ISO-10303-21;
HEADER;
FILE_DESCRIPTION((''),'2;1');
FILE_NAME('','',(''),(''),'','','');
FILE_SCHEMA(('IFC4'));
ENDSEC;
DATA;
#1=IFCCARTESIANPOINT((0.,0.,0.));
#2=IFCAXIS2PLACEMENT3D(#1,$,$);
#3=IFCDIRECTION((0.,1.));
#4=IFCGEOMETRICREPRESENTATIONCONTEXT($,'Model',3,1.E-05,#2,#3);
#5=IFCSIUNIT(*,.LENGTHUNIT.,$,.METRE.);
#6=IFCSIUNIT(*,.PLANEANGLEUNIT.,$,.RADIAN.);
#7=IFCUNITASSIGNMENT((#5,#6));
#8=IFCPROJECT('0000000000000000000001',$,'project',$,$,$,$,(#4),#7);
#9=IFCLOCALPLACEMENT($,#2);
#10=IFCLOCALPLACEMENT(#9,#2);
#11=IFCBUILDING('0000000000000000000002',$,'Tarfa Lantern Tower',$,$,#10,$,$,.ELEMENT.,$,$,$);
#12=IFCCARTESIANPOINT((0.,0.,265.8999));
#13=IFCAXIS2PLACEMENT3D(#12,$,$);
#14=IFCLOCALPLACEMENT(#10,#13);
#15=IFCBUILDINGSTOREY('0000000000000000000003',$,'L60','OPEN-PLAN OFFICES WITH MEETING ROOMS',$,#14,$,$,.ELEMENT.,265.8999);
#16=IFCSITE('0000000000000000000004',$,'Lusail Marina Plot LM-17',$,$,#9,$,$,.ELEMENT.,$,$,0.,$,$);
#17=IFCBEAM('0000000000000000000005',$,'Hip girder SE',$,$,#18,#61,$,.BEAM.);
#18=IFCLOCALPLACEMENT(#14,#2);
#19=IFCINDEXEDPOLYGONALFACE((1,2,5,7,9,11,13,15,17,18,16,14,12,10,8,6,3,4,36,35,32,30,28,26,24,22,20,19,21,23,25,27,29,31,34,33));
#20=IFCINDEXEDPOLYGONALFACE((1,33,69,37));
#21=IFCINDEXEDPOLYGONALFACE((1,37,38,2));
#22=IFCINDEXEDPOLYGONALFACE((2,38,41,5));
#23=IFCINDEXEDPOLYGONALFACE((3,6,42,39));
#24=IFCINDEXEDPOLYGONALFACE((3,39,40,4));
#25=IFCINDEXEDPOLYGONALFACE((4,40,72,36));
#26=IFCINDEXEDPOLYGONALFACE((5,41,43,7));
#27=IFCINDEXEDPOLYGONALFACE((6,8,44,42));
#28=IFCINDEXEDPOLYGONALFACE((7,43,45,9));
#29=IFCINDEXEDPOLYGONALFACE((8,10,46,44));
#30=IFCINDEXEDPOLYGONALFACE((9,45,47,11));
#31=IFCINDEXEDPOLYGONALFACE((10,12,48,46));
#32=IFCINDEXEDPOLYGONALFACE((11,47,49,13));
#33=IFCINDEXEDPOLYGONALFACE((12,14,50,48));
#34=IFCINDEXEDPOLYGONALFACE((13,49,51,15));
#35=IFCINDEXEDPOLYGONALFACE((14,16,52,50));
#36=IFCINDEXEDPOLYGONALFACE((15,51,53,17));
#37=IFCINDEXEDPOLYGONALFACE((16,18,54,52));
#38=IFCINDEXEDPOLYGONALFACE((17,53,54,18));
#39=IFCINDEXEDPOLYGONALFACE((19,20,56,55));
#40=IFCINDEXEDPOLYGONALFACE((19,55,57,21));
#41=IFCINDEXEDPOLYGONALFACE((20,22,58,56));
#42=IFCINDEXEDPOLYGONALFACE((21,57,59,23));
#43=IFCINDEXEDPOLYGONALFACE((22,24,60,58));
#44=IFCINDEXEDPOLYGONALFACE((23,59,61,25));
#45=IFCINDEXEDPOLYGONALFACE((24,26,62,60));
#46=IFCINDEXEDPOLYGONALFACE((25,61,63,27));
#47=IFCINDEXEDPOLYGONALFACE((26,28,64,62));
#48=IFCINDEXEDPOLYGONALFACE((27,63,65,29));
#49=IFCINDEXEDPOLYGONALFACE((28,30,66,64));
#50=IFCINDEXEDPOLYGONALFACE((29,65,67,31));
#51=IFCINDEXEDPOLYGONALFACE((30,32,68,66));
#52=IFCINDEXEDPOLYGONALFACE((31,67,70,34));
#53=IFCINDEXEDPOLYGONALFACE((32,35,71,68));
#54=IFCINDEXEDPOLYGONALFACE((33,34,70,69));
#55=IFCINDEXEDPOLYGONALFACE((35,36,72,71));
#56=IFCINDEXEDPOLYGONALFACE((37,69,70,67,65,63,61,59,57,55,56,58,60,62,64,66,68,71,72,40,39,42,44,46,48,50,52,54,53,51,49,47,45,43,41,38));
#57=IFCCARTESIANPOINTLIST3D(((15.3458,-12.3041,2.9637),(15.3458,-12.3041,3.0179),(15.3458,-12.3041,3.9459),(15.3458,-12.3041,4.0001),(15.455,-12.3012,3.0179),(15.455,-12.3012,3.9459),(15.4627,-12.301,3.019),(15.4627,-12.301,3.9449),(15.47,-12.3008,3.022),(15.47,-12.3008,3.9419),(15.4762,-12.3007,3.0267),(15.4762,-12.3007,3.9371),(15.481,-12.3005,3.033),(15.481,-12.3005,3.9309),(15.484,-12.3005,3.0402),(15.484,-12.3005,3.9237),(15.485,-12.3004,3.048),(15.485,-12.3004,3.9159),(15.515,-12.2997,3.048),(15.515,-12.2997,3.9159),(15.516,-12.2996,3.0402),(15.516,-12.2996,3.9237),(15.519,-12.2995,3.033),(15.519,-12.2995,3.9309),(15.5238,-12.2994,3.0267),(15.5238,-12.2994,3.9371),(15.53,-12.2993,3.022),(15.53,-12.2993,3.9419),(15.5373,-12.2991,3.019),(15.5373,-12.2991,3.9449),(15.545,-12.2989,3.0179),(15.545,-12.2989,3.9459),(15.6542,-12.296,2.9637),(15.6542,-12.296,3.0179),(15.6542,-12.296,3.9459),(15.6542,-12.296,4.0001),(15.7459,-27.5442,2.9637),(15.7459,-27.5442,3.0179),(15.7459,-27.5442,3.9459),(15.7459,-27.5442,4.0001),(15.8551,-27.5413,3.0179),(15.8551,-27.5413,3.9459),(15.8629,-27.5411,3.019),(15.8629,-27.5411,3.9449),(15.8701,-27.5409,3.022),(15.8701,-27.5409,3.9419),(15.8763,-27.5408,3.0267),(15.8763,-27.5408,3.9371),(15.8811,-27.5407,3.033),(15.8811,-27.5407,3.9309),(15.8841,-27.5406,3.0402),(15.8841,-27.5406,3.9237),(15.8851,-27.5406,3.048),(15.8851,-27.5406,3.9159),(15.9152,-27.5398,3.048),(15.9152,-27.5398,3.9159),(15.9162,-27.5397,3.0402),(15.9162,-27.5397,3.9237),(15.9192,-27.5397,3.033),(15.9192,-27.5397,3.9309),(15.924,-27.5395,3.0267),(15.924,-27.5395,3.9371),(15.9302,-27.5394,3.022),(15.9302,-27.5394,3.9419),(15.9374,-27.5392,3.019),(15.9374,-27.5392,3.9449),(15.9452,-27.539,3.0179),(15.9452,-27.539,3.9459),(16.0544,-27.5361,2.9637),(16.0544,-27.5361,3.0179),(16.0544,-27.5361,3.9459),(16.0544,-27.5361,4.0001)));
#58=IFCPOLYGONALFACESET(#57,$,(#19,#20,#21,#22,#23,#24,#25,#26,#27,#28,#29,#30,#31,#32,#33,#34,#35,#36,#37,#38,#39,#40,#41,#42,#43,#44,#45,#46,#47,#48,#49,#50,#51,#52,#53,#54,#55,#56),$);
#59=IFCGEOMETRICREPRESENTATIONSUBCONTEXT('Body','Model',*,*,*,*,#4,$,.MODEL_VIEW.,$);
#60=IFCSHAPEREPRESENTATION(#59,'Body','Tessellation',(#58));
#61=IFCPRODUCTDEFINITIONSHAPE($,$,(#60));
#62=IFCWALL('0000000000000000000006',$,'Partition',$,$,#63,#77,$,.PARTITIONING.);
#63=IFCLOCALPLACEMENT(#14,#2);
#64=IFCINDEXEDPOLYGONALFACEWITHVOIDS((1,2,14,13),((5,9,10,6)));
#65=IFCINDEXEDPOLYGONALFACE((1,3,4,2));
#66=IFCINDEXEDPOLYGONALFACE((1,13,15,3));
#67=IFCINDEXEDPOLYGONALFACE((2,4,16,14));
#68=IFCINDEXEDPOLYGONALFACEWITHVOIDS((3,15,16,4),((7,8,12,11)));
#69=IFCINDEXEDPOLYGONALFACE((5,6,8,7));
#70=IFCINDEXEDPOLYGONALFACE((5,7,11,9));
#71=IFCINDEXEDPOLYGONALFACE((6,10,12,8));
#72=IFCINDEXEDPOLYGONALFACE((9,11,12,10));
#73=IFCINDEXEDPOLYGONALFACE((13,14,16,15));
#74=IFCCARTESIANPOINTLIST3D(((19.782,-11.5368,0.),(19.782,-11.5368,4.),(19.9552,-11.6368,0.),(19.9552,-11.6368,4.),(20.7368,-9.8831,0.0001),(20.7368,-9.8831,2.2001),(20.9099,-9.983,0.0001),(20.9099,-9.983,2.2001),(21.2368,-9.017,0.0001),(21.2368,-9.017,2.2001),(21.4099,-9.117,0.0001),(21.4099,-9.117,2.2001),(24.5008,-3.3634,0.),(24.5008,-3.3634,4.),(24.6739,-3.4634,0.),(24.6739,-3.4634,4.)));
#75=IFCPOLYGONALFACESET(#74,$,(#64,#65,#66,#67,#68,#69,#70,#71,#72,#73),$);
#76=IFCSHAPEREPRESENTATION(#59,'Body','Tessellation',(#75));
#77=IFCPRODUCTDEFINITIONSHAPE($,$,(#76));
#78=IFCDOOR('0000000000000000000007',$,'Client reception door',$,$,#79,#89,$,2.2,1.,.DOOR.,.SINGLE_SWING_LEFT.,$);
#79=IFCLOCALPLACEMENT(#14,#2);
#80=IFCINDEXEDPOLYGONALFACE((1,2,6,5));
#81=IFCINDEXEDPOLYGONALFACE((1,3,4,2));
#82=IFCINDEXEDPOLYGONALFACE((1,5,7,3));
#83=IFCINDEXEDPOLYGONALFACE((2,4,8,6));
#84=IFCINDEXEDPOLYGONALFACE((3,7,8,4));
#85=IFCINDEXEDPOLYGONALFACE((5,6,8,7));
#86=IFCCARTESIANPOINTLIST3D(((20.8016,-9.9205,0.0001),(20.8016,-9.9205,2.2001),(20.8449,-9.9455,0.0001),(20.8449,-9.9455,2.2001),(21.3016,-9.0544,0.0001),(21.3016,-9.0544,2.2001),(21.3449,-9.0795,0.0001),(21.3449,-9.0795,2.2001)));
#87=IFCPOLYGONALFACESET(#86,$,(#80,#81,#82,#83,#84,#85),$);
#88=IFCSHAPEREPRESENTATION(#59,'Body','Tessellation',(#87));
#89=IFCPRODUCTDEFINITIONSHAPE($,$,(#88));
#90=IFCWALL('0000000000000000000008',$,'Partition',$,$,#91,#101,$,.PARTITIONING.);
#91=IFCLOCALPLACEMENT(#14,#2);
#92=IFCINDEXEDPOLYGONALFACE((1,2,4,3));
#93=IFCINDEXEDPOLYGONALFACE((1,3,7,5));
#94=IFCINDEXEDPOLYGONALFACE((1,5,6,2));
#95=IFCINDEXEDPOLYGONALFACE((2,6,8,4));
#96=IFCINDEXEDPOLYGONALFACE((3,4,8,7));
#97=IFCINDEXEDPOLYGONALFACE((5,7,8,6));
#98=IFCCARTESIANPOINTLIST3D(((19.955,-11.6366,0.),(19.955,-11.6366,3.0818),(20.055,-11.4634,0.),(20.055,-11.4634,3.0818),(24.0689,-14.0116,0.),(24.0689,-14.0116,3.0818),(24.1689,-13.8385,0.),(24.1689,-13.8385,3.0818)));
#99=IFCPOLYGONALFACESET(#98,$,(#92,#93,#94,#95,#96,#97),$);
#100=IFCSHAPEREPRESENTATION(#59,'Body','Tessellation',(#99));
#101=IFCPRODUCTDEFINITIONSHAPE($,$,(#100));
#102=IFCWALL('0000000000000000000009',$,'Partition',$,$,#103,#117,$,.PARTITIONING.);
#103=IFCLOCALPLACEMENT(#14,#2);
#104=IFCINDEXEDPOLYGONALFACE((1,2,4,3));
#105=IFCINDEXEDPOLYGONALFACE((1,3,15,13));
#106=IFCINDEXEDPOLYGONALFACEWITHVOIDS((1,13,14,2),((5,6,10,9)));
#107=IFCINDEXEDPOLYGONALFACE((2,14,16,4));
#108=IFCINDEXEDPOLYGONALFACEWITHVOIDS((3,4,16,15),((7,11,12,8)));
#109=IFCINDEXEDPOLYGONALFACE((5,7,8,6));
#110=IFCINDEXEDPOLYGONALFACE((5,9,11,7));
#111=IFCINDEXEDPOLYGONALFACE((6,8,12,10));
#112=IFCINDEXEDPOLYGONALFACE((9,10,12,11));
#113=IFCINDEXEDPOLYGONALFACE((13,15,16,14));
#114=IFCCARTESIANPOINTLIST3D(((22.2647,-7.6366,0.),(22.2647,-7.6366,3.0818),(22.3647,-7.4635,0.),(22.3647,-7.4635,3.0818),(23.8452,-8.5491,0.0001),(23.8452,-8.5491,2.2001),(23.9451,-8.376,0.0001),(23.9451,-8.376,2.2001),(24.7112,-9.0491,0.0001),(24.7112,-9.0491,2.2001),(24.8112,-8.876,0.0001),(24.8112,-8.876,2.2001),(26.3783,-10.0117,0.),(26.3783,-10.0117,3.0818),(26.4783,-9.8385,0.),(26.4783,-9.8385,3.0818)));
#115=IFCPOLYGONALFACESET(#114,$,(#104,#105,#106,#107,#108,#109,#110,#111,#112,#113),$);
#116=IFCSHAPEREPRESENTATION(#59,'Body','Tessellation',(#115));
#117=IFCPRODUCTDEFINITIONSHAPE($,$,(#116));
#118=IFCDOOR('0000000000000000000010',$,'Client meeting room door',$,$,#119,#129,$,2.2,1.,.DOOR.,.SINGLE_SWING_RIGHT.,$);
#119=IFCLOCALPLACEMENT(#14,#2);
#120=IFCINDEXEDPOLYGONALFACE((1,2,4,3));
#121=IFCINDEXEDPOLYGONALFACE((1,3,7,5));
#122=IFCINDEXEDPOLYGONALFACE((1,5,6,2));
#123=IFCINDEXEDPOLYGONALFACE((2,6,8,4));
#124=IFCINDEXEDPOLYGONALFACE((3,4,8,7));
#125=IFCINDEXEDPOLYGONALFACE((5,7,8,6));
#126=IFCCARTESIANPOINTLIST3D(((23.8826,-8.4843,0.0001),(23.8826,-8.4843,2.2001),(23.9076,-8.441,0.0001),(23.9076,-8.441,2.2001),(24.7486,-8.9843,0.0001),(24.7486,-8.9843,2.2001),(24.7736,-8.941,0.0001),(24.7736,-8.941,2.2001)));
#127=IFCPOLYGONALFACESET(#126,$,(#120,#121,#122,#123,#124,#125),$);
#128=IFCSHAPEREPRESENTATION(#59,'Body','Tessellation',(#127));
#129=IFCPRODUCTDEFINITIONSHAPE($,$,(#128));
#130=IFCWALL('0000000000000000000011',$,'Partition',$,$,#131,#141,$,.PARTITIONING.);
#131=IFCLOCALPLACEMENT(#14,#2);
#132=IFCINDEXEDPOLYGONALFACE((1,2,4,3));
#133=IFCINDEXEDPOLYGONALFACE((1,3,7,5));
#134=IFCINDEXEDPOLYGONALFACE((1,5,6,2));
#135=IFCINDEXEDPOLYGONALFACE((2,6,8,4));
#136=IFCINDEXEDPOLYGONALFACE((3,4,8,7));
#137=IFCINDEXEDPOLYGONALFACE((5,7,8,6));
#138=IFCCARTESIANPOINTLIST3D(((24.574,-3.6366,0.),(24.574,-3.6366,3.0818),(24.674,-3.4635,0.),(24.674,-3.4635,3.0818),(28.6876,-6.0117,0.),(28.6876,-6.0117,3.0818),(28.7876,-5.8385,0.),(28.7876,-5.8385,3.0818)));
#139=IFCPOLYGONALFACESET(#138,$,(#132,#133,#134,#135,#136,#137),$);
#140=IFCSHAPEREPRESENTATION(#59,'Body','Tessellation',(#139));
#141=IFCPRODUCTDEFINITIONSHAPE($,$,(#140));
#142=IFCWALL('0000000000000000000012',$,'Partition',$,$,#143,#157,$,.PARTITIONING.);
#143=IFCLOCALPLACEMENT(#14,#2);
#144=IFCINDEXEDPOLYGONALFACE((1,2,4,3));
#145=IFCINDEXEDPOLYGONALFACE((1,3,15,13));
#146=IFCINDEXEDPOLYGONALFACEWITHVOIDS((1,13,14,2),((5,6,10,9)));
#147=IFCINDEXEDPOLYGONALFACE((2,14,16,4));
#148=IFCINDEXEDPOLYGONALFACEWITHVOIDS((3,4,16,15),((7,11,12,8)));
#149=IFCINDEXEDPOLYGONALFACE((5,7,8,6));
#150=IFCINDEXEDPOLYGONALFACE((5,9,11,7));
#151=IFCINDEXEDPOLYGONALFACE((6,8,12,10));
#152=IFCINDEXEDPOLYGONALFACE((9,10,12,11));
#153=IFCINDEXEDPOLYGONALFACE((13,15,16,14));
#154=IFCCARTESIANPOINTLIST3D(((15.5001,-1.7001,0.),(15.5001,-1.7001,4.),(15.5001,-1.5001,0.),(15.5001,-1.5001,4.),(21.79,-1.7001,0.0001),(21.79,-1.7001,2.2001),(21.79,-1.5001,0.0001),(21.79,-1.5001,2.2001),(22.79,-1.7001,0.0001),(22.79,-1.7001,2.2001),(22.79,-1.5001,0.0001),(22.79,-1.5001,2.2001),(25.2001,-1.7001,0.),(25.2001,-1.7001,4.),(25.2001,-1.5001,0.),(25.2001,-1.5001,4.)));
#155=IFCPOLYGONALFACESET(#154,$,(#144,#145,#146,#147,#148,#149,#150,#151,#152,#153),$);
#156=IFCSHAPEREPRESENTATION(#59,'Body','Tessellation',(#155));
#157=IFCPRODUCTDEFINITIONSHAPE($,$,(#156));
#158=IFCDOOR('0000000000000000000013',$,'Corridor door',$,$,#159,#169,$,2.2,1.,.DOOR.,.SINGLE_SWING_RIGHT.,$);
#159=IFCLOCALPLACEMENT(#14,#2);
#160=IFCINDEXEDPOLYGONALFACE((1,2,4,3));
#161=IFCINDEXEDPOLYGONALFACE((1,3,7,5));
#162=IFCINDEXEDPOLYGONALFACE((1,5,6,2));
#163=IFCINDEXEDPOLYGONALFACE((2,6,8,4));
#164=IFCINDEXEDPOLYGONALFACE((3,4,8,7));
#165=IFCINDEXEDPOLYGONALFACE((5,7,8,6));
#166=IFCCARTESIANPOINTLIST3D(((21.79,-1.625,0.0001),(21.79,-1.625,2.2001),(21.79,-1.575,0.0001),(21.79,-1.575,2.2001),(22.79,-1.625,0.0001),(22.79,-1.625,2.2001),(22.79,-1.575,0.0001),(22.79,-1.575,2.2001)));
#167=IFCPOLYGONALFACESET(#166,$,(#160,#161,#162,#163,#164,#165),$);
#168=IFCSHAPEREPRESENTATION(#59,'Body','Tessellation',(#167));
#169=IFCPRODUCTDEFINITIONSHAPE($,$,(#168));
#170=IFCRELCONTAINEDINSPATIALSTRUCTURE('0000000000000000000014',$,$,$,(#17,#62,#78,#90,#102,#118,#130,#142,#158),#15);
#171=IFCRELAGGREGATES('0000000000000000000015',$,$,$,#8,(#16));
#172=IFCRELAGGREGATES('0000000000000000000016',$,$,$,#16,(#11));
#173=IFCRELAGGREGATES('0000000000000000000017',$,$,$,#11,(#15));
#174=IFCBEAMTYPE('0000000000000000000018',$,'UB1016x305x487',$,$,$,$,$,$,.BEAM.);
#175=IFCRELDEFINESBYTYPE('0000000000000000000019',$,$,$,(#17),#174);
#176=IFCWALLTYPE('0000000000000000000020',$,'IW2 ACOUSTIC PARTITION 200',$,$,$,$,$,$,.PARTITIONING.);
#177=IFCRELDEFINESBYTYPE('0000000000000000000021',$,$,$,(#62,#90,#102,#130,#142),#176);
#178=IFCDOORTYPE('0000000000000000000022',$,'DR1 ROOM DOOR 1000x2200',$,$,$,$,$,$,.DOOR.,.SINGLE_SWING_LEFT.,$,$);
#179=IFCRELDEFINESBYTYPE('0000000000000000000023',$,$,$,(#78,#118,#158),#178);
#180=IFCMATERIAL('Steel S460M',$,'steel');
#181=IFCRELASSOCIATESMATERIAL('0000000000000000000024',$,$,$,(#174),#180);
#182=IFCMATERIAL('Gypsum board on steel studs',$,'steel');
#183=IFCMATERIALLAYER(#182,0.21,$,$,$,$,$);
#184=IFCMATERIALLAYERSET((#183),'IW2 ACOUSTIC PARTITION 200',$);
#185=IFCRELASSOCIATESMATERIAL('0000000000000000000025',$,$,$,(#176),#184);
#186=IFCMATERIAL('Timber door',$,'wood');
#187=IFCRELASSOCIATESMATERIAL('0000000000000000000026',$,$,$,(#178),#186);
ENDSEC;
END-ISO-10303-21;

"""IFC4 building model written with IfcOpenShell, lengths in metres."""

from ifc_helpers import new_model, si_unit, direction, frame, frame_2d, origin, origin_2d, place, context, subcontext, project, spatial, rectangle, i_section, extrude, material, layer, layer_set, material_profile, profile_set, type_object, element, fill, save


model = new_model("IFC4")

# Units and contexts
model_context = context("Model", 3, precision=1e-05, world=origin(), true_north=direction((0.0, 1.0)))
body_context = subcontext(model_context, "Body", "Model", "MODEL_VIEW")
ifc_project = project(units=[si_unit("LENGTHUNIT", "METRE"), si_unit("PLANEANGLEUNIT", "RADIAN")], contexts=[model_context])

# Site, building, storey
site_placement = place(None, origin())
site = spatial("IfcSite", under=ifc_project, at=site_placement, Name="Lusail Marina Plot LM-17", CompositionType="ELEMENT", RefElevation=0.0)
building_placement = place(site_placement, origin())
building = spatial("IfcBuilding", under=site, at=building_placement, Name="Tarfa Lantern Tower", CompositionType="ELEMENT")
storey_placement = place(building_placement, frame((0.0, 0.0, 265.8999)))
storey = spatial("IfcBuildingStorey", under=building, at=storey_placement, Name="L60", Description="OPEN-PLAN OFFICES WITH MEETING ROOMS", CompositionType="ELEMENT", Elevation=265.8999)

# Beam
ifc_material_1 = material(Name="Steel S460M", Category="steel")
ifc_material_profile = material_profile(ifc_material_1, i_section(OverallWidth=0.3086, OverallDepth=1.0364, WebThickness=0.03, FlangeThickness=0.0542, FilletRadius=0.03, at=origin_2d()), Name="UB1016x305x487")
ifc_profile_set = profile_set([ifc_material_profile], Name="Steel S460M")
beam_type = type_object("IfcBeamType", Name="UB1016x305x487", PredefinedType="BEAM", material=ifc_profile_set)
beam_placement = place(storey_placement, frame((15.5, -12.3, 3.4819), z_axis=(0.026247, -0.999655, 0.0), x_axis=(0.999655, 0.026247, 0.0)))
element("IfcBeam", 1, at=beam_placement, inside=storey, type_object=beam_type, Name="Hip girder SE", PredefinedType="BEAM", context=body_context, shape_type="SweptSolid", body=[
    extrude(i_section(OverallWidth=0.3086, OverallDepth=1.0364, WebThickness=0.03, FlangeThickness=0.0542, FilletRadius=0.03, at=origin_2d()), origin(), (0.0, 0.0, 1.0), 15.2454),
])

# Wall, opening, door
ifc_material_2 = material(Name="Gypsum board on steel studs", Category="steel")
ifc_layer_1 = layer(ifc_material_2, 0.21)
ifc_layer_set_1 = layer_set([ifc_layer_1], Name="IW2 ACOUSTIC PARTITION 200")
wall_type_1 = type_object("IfcWallType", Name="IW2 ACOUSTIC PARTITION 200", PredefinedType="PARTITIONING", material=ifc_layer_set_1)
wall_1_placement = place(storey_placement, frame((19.8687, -11.5867, 0.0), z_axis=(0.0, 0.0, 1.0), x_axis=(0.49999, 0.866031, 0.0)))
wall_1 = element("IfcWall", 2, at=wall_1_placement, inside=storey, type_object=wall_type_1, Name="Partition", PredefinedType="PARTITIONING", context=body_context, shape_type="SweptSolid", body=[
    extrude(rectangle(XDim=9.4377, YDim=0.2, at=frame_2d((4.7188, 0.0))), origin(), (0.0, 0.0, 1.0), 4.0),
])
opening_1_placement = place(wall_1_placement, frame((1.9094, 0.0, 0.0)))
opening_1 = element("IfcOpeningElement", 3, at=opening_1_placement, cuts=wall_1, PredefinedType="OPENING", context=body_context, shape_type="SweptSolid", body=[
    extrude(rectangle(XDim=1.0, YDim=2.2, at=frame_2d((0.5, 1.1001))), frame((0.0, 0.1099, 0.0), z_axis=(0.0, -1.0, 0.0), x_axis=(1.0, 0.0, 0.0)), (0.0, 0.0, 1.0), 0.22),
])
ifc_material_3 = material(Name="Timber door", Category="wood")
door_type_1 = type_object("IfcDoorType", Name="DR1 ROOM DOOR 1000x2200", OperationType="SINGLE_SWING_LEFT", PredefinedType="DOOR", material=ifc_material_3)
door_1_placement = place(opening_1_placement, frame((1.0, 0.0, 0.0), z_axis=(0.0, 0.0, 1.0), x_axis=(-1.0, 0.0, 0.0)))
door_1 = element("IfcDoor", 4, at=door_1_placement, inside=storey, type_object=door_type_1, Name="Client reception door", OperationType="SINGLE_SWING_LEFT", OverallHeight=2.2, OverallWidth=1.0, PredefinedType="DOOR", context=body_context, shape_type="SweptSolid", body=[
    extrude(rectangle(XDim=1.0, YDim=2.2, at=frame_2d((0.5, 1.1001))), frame((0.0, 0.0249, 0.0), z_axis=(0.0, -1.0, 0.0), x_axis=(1.0, 0.0, 0.0)), (0.0, 0.0, 1.0), 0.05),
])
fill(opening_1, door_1)

# Wall
wall_2_placement = place(storey_placement, frame((20.0051, -11.55, 0.0), z_axis=(0.0, 0.0, 1.0), x_axis=(0.866033, -0.499986, 0.0)))
element("IfcWall", 5, at=wall_2_placement, inside=storey, type_object=wall_type_1, Name="Partition", PredefinedType="PARTITIONING", context=body_context, shape_type="SweptSolid", body=[
    extrude(rectangle(XDim=4.7502, YDim=0.2, at=frame_2d((2.375, 0.0))), origin(), (0.0, 0.0, 1.0), 3.0818),
])

# Wall, opening, door
wall_3_placement = place(storey_placement, frame((22.3147, -7.55, 0.0), z_axis=(0.0, 0.0, 1.0), x_axis=(0.86602, -0.500009, 0.0)))
wall_3 = element("IfcWall", 6, at=wall_3_placement, inside=storey, type_object=wall_type_1, Name="Partition", PredefinedType="PARTITIONING", context=body_context, shape_type="SweptSolid", body=[
    extrude(rectangle(XDim=4.75, YDim=0.2, at=frame_2d((2.375, 0.0))), origin(), (0.0, 0.0, 1.0), 3.0818),
])
opening_2_placement = place(wall_3_placement, frame((1.825, 0.0, 0.0)))
opening_2 = element("IfcOpeningElement", 7, at=opening_2_placement, cuts=wall_3, PredefinedType="OPENING", context=body_context, shape_type="SweptSolid", body=[
    extrude(rectangle(XDim=1.0, YDim=2.2, at=frame_2d((0.5, 1.1001))), frame((0.0, 0.1099, 0.0), z_axis=(0.0, -1.0, 0.0), x_axis=(1.0, 0.0, 0.0)), (0.0, 0.0, 1.0), 0.22),
])
door_2_placement = place(opening_2_placement, origin())
door_2 = element("IfcDoor", 8, at=door_2_placement, inside=storey, type_object=door_type_1, Name="Client meeting room door", OperationType="SINGLE_SWING_RIGHT", OverallHeight=2.2, OverallWidth=1.0, PredefinedType="DOOR", context=body_context, shape_type="SweptSolid", body=[
    extrude(rectangle(XDim=1.0, YDim=2.2, at=frame_2d((0.5, 1.1001))), frame((0.0, 0.0249, 0.0), z_axis=(0.0, -1.0, 0.0), x_axis=(1.0, 0.0, 0.0)), (0.0, 0.0, 1.0), 0.05),
])
fill(opening_2, door_2)

# Wall
wall_4_placement = place(storey_placement, frame((24.624, -3.55, 0.0), z_axis=(0.0, 0.0, 1.0), x_axis=(0.86602, -0.500009, 0.0)))
element("IfcWall", 9, at=wall_4_placement, inside=storey, type_object=wall_type_1, Name="Partition", PredefinedType="PARTITIONING", context=body_context, shape_type="SweptSolid", body=[
    extrude(rectangle(XDim=4.75, YDim=0.2, at=frame_2d((2.375, 0.0))), origin(), (0.0, 0.0, 1.0), 3.0818),
])

# Wall, opening, door
wall_5_placement = place(storey_placement, frame((15.5, -1.6001, 0.0), z_axis=(0.0, 0.0, 1.0), x_axis=(1.0, 0.0, 0.0)))
wall_5 = element("IfcWall", 10, at=wall_5_placement, inside=storey, type_object=wall_type_1, Name="Partition", PredefinedType="PARTITIONING", context=body_context, shape_type="SweptSolid", body=[
    extrude(rectangle(XDim=9.7, YDim=0.2, at=frame_2d((4.8501, 0.0))), origin(), (0.0, 0.0, 1.0), 4.0),
])
opening_3_placement = place(wall_5_placement, frame((6.29, 0.0, 0.0)))
opening_3 = element("IfcOpeningElement", 11, at=opening_3_placement, cuts=wall_5, PredefinedType="OPENING", context=body_context, shape_type="SweptSolid", body=[
    extrude(rectangle(XDim=1.0, YDim=2.2, at=frame_2d((0.5, 1.1001))), frame((0.0, 0.1099, 0.0), z_axis=(0.0, -1.0, 0.0), x_axis=(1.0, 0.0, 0.0)), (0.0, 0.0, 1.0), 0.22),
])
door_3_placement = place(opening_3_placement, frame((1.0, 0.0, 0.0), z_axis=(0.0, 0.0, 1.0), x_axis=(-1.0, 0.0, 0.0)))
door_3 = element("IfcDoor", 12, at=door_3_placement, inside=storey, type_object=door_type_1, Name="Corridor door", OperationType="SINGLE_SWING_RIGHT", OverallHeight=2.2, OverallWidth=1.0, PredefinedType="DOOR", context=body_context, shape_type="SweptSolid", body=[
    extrude(rectangle(XDim=1.0, YDim=2.2, at=frame_2d((0.5, 1.1001))), frame((0.0, 0.0249, 0.0), z_axis=(0.0, -1.0, 0.0), x_axis=(1.0, 0.0, 0.0)), (0.0, 0.0, 1.0), 0.05),
])
fill(opening_3, door_3)

save(model, "model.ifc")
